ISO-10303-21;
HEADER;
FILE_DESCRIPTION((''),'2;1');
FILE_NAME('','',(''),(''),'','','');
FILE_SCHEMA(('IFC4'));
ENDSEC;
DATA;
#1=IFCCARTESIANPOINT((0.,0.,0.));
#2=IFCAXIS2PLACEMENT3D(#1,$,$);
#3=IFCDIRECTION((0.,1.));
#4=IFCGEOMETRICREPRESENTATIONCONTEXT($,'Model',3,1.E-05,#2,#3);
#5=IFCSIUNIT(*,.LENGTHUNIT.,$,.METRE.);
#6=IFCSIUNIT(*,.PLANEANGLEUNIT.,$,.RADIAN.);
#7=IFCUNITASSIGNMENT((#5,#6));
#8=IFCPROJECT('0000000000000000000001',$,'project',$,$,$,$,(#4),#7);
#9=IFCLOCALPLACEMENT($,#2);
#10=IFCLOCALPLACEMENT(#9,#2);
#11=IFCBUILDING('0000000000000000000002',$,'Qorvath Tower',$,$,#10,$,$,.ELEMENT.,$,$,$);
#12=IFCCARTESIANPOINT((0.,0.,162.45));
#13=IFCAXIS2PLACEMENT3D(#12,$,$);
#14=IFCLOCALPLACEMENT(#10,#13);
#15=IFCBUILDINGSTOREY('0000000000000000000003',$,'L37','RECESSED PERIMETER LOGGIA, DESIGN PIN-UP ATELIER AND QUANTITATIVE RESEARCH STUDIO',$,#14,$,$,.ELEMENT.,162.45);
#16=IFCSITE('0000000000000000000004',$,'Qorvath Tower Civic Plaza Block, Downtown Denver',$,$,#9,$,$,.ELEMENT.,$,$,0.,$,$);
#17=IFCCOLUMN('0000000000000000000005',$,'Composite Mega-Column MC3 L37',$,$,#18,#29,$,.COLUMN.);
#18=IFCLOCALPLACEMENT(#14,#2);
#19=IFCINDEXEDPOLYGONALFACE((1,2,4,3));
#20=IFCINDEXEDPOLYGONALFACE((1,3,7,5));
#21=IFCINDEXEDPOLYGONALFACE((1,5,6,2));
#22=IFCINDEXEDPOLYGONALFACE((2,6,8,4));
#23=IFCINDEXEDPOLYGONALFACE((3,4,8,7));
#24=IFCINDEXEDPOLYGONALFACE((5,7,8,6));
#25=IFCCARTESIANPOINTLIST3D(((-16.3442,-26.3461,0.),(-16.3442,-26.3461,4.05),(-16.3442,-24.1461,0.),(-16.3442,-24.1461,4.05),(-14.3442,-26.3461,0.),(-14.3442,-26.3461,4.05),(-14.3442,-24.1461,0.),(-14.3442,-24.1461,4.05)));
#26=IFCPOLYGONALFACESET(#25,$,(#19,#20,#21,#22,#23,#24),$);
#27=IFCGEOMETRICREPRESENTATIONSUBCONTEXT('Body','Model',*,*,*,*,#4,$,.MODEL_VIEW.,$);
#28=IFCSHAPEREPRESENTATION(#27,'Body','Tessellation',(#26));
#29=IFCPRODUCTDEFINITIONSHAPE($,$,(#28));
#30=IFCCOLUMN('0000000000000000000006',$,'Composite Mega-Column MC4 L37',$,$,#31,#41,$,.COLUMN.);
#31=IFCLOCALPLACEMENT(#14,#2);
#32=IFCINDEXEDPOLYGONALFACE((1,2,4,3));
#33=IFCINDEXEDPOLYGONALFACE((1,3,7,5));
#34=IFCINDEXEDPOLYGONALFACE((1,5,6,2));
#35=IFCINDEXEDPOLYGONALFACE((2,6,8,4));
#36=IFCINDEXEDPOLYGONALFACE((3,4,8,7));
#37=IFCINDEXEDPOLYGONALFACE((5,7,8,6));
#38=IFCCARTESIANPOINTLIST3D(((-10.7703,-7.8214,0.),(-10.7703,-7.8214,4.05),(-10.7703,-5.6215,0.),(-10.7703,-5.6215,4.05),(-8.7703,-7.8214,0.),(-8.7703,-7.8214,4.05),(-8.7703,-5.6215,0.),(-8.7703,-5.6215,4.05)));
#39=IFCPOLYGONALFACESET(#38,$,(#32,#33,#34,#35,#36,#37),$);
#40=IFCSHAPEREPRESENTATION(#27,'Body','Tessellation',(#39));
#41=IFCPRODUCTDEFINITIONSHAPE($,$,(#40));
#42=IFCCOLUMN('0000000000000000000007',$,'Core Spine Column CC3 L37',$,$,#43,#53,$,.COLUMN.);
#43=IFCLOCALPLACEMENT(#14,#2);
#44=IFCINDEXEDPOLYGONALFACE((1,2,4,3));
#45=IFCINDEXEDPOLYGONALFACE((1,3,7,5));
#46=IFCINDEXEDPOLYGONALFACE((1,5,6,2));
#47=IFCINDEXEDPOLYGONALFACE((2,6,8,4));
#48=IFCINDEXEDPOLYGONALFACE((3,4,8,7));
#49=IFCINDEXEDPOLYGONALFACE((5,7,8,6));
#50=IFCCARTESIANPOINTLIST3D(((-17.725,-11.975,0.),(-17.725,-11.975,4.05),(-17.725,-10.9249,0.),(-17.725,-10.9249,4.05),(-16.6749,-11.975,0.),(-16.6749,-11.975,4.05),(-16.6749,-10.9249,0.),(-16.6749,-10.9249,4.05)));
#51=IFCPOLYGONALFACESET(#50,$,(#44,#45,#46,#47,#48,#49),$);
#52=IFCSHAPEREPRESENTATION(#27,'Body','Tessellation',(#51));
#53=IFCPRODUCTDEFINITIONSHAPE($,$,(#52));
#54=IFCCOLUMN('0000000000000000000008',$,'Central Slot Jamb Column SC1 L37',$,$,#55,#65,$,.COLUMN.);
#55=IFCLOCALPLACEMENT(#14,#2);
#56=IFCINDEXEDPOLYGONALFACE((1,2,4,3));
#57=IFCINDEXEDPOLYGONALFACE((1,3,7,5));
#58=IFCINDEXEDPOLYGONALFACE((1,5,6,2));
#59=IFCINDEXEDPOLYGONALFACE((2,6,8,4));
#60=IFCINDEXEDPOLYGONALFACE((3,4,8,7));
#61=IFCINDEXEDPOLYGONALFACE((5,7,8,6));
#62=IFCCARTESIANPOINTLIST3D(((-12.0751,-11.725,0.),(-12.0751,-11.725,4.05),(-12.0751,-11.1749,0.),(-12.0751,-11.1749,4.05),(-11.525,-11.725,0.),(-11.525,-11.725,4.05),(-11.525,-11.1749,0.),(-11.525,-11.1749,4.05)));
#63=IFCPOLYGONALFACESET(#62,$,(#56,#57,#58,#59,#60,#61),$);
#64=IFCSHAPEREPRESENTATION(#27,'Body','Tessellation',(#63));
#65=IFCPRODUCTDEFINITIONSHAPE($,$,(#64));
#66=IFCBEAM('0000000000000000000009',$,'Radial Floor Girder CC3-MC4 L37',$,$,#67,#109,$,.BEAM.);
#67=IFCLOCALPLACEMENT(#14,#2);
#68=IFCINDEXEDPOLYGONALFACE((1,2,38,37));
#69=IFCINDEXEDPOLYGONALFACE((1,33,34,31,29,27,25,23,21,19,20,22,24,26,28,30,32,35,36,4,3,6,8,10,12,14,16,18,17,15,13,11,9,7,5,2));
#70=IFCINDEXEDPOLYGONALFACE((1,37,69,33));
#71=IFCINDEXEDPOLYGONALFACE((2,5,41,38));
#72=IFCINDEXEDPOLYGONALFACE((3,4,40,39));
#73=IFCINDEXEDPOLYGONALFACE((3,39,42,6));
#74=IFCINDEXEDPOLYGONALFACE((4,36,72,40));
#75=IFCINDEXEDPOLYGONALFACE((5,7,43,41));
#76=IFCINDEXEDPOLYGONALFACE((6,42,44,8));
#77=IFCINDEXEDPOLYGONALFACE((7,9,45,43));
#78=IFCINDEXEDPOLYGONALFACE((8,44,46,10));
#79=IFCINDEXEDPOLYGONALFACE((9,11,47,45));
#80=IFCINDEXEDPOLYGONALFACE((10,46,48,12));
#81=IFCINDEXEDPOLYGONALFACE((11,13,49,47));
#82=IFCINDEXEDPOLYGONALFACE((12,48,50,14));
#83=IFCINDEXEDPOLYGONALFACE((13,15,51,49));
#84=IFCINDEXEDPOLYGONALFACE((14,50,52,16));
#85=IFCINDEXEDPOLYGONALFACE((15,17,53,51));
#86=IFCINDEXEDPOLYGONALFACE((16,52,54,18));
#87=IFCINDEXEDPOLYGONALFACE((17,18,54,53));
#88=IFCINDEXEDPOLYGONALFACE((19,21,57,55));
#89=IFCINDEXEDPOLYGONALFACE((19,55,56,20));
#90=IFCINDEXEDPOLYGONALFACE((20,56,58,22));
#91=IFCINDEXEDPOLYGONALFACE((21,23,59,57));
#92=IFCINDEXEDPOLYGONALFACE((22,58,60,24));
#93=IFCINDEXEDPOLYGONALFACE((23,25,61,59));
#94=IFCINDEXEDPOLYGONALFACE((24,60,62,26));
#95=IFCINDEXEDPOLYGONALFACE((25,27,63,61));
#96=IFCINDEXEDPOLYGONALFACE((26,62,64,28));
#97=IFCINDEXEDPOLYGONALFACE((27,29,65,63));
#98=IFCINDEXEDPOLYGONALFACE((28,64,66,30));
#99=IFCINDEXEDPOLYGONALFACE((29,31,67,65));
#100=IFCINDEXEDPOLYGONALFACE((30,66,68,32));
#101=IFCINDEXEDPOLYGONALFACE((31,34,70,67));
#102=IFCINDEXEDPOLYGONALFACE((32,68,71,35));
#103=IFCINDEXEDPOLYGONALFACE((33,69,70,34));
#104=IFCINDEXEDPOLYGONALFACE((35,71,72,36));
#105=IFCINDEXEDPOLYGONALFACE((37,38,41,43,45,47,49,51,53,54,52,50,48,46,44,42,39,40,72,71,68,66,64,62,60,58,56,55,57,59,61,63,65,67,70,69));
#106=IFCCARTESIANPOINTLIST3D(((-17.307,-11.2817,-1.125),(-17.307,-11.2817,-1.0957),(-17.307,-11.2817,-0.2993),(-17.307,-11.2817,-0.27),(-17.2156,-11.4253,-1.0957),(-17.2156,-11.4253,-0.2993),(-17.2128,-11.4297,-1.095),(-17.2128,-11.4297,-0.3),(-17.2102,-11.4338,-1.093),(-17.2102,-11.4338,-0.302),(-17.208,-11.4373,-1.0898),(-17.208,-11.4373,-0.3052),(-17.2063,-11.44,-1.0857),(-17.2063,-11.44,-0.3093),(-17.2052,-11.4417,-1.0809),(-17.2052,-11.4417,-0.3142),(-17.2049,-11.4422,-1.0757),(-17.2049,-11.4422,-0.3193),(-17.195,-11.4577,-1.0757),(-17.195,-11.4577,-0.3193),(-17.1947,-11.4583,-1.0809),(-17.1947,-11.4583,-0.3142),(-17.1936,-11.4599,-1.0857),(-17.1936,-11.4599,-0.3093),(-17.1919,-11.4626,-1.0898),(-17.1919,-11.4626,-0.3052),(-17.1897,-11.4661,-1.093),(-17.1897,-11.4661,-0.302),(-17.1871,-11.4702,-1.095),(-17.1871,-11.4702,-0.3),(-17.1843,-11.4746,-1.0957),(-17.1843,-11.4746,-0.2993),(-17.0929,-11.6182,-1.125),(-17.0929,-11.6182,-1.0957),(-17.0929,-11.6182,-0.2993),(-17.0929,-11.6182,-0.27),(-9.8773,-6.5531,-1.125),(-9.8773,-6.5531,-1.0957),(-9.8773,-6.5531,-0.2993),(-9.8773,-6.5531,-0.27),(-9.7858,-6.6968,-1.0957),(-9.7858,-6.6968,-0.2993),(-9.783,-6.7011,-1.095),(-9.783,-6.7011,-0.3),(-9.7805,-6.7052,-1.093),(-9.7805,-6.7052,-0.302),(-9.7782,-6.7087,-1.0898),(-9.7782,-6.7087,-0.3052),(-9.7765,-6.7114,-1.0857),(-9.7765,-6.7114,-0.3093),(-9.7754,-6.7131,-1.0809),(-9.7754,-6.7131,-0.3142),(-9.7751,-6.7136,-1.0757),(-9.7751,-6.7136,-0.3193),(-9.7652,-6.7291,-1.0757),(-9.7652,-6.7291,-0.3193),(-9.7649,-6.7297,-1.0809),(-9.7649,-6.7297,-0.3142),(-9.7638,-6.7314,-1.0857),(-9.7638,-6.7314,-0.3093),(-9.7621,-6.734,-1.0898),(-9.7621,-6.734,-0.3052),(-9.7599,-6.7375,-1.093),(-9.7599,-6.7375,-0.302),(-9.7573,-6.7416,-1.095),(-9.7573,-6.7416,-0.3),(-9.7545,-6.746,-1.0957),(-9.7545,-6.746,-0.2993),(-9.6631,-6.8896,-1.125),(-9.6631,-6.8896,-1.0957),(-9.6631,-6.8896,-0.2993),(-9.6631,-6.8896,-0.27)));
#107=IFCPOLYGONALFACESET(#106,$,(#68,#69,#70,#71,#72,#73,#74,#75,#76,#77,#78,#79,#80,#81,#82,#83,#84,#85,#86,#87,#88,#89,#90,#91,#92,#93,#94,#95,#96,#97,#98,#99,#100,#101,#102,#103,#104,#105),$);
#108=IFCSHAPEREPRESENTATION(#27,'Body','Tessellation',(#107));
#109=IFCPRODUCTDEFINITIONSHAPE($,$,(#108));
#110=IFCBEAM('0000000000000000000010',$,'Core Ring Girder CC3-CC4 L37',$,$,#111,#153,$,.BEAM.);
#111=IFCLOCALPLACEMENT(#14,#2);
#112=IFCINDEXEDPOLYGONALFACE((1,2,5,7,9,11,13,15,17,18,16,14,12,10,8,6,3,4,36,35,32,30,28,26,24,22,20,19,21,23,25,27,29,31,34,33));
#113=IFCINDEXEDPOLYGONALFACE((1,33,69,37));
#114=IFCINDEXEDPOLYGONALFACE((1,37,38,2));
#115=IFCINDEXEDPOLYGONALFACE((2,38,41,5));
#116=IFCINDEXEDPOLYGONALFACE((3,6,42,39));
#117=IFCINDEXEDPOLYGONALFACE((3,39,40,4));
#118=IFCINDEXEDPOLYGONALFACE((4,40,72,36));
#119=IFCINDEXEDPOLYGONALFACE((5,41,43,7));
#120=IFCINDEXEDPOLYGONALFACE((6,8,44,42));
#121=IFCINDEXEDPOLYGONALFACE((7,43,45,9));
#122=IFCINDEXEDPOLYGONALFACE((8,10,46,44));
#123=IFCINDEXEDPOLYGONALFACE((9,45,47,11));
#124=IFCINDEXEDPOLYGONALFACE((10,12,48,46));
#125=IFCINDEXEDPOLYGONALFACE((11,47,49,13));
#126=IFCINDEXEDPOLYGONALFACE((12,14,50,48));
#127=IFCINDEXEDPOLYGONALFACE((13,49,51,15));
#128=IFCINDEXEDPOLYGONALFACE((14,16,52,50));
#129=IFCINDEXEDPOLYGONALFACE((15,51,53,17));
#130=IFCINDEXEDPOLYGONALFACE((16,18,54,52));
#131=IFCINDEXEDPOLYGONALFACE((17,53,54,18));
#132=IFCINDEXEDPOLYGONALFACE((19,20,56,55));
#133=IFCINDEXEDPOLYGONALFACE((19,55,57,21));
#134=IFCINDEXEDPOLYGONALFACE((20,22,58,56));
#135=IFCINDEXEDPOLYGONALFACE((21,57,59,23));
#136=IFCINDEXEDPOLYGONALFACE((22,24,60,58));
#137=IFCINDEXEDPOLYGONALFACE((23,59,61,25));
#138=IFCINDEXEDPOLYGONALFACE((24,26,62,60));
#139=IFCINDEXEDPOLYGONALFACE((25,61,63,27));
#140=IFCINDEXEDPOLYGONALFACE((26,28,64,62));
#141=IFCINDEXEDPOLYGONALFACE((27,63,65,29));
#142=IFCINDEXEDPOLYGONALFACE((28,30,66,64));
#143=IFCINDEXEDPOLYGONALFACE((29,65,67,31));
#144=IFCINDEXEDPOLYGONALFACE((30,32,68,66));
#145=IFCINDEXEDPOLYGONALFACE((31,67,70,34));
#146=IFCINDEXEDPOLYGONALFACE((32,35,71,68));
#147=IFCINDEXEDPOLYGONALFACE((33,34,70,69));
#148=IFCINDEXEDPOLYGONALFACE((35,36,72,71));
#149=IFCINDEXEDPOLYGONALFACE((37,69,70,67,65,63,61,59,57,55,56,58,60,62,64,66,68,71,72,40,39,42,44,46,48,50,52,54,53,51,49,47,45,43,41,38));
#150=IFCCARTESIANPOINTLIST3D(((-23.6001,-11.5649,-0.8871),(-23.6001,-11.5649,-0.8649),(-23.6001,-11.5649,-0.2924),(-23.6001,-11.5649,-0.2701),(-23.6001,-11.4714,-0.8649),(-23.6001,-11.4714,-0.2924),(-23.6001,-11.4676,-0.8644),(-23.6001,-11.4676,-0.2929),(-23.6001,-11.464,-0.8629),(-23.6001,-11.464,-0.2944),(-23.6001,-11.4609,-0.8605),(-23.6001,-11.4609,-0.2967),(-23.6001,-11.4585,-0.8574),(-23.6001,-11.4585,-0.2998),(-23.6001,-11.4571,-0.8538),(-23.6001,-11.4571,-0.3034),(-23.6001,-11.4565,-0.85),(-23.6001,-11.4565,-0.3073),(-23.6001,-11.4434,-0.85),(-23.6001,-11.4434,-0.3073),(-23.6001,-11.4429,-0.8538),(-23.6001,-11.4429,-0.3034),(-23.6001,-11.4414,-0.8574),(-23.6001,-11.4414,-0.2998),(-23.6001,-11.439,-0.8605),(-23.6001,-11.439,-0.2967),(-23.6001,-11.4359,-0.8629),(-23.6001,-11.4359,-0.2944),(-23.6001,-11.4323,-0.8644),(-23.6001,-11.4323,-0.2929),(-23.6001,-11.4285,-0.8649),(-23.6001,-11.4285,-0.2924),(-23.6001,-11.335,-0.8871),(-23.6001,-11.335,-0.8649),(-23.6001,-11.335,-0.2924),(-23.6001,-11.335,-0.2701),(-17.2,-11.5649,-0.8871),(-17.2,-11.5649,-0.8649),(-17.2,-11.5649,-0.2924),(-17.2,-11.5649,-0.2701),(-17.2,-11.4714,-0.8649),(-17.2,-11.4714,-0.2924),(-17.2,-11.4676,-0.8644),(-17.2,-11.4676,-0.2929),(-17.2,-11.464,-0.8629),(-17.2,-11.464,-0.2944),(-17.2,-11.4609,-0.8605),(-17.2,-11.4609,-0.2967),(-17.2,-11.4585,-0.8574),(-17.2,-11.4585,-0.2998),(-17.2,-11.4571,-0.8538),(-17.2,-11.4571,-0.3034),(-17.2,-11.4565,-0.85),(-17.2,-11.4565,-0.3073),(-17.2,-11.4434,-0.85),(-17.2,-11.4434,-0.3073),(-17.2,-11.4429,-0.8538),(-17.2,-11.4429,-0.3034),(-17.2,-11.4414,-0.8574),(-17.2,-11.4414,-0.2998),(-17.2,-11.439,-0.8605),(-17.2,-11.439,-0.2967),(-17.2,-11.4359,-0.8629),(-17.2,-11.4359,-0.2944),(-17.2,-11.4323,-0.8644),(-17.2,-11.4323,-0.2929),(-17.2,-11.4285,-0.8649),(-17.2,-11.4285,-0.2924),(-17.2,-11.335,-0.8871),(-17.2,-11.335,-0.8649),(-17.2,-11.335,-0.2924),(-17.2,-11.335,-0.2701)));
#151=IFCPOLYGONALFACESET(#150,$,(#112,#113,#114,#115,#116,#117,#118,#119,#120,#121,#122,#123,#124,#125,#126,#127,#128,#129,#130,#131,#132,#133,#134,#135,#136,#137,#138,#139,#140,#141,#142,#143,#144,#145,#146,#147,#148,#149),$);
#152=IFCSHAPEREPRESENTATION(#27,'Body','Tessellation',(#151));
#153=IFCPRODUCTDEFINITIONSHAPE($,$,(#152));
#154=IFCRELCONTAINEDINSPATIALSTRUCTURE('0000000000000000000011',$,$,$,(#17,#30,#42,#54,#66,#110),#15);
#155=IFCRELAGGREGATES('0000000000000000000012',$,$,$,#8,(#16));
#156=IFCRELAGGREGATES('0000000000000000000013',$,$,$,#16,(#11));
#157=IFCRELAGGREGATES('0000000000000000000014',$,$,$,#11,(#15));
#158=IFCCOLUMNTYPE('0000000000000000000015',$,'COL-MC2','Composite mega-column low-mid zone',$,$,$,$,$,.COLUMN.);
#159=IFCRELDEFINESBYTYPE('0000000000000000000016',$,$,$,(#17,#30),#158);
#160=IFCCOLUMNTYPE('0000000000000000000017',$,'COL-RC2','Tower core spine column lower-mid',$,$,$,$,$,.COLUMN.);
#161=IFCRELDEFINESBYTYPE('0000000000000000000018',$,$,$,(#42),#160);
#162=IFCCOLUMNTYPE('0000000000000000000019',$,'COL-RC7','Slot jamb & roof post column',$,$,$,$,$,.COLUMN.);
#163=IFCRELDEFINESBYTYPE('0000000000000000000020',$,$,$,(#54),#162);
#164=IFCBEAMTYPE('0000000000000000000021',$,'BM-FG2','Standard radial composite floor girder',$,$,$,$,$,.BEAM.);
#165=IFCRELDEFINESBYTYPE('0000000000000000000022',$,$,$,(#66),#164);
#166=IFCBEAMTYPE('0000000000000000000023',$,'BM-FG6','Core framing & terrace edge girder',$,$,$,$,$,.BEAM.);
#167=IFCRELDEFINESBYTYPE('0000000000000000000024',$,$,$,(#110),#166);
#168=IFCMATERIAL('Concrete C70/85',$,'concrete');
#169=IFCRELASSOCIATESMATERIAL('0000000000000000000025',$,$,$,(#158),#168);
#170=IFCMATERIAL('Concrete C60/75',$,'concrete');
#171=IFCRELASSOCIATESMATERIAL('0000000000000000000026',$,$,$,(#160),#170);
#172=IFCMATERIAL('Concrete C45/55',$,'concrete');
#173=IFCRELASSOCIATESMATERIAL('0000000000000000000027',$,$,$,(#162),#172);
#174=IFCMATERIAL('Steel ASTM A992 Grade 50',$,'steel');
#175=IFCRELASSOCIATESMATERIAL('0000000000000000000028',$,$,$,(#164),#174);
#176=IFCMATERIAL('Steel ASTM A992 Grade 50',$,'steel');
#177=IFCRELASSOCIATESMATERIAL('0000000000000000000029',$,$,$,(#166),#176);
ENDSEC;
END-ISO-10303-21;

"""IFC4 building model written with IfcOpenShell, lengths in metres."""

from ifc_helpers import new_model, si_unit, direction, frame, origin, origin_2d, place, context, subcontext, project, spatial, rectangle, i_section, extrude, material, material_profile, profile_set, type_object, element, save


model = new_model("IFC4")

# Units and contexts
model_context = context("Model", 3, precision=1e-05, world=origin(), true_north=direction((0.0, 1.0)))
body_context = subcontext(model_context, "Body", "Model", "MODEL_VIEW")
ifc_project = project(units=[si_unit("LENGTHUNIT", "METRE"), si_unit("PLANEANGLEUNIT", "RADIAN")], contexts=[model_context])

# Site, building, storey
site_placement = place(None, origin())
site = spatial("IfcSite", under=ifc_project, at=site_placement, Name="Qorvath Tower Civic Plaza Block, Downtown Denver", CompositionType="ELEMENT", RefElevation=0.0)
building_placement = place(site_placement, origin())
building = spatial("IfcBuilding", under=site, at=building_placement, Name="Qorvath Tower", CompositionType="ELEMENT")
storey_placement = place(building_placement, frame((0.0, 0.0, 162.45)))
storey = spatial("IfcBuildingStorey", under=building, at=storey_placement, Name="L37", Description="RECESSED PERIMETER LOGGIA, DESIGN PIN-UP ATELIER AND QUANTITATIVE RESEARCH STUDIO", CompositionType="ELEMENT", Elevation=162.45)

# Columns
ifc_material_1 = material(Name="Concrete C70/85", Category="concrete")
ifc_material_profile_1 = material_profile(ifc_material_1, rectangle(XDim=2.0, YDim=2.2, at=origin_2d()), Name="MC 2200x2000")
ifc_profile_set_1 = profile_set([ifc_material_profile_1], Name="Concrete C70/85")
column_type_1 = type_object("IfcColumnType", Name="COL-MC2", Description="Composite mega-column low-mid zone", PredefinedType="COLUMN", material=ifc_profile_set_1)
for number, where, z_axis, x_axis, name in (
    (1, (-15.3442, -25.2461, 0.0), (0.0, 0.0, 1.0), (1.0, 0.0, 0.0), "Composite Mega-Column MC3 L37"),
    (2, (-9.7703, -6.7214, 0.0), (0.0, 0.0, 1.0), (1.0, 0.0, 0.0), "Composite Mega-Column MC4 L37"),
):
    element("IfcColumn", number, at=place(storey_placement, frame(where, z_axis=z_axis, x_axis=x_axis)), inside=storey, type_object=column_type_1, Name=name, PredefinedType="COLUMN", context=body_context, shape_type="SweptSolid", body=[
        extrude(rectangle(XDim=2.0, YDim=2.2, at=origin_2d()), origin(), (0.0, 0.0, 1.0), 4.05),
    ])
ifc_material_2 = material(Name="Concrete C60/75", Category="concrete")
ifc_material_profile_2 = material_profile(ifc_material_2, rectangle(XDim=1.05, YDim=1.05, at=origin_2d()), Name="RC 1050x1050")
ifc_profile_set_2 = profile_set([ifc_material_profile_2], Name="Concrete C60/75")
column_type_2 = type_object("IfcColumnType", Name="COL-RC2", Description="Tower core spine column lower-mid", PredefinedType="COLUMN", material=ifc_profile_set_2)
column_1_placement = place(storey_placement, frame((-17.2, -11.45, 0.0), z_axis=(0.0, 0.0, 1.0), x_axis=(1.0, 0.0, 0.0)))
element("IfcColumn", 3, at=column_1_placement, inside=storey, type_object=column_type_2, Name="Core Spine Column CC3 L37", PredefinedType="COLUMN", context=body_context, shape_type="SweptSolid", body=[
    extrude(rectangle(XDim=1.05, YDim=1.05, at=origin_2d()), origin(), (0.0, 0.0, 1.0), 4.05),
])
ifc_material_3 = material(Name="Concrete C45/55", Category="concrete")
ifc_material_profile_3 = material_profile(ifc_material_3, rectangle(XDim=0.55, YDim=0.55, at=origin_2d()), Name="RC 550x550")
ifc_profile_set_3 = profile_set([ifc_material_profile_3], Name="Concrete C45/55")
column_type_3 = type_object("IfcColumnType", Name="COL-RC7", Description="Slot jamb & roof post column", PredefinedType="COLUMN", material=ifc_profile_set_3)
column_2_placement = place(storey_placement, frame((-11.8, -11.45, 0.0), z_axis=(0.0, 0.0, 1.0), x_axis=(1.0, 0.0, 0.0)))
element("IfcColumn", 4, at=column_2_placement, inside=storey, type_object=column_type_3, Name="Central Slot Jamb Column SC1 L37", PredefinedType="COLUMN", context=body_context, shape_type="SweptSolid", body=[
    extrude(rectangle(XDim=0.55, YDim=0.55, at=origin_2d()), origin(), (0.0, 0.0, 1.0), 4.05),
])

# Beams
ifc_material_4 = material(Name="Steel ASTM A992 Grade 50", Category="steel")
ifc_material_profile_4 = material_profile(ifc_material_4, i_section(OverallWidth=0.3989, OverallDepth=0.855, WebThickness=0.0183, FlangeThickness=0.0293, FilletRadius=0.02, at=origin_2d()), Name="W33x201")
ifc_profile_set_4 = profile_set([ifc_material_profile_4], Name="Steel ASTM A992 Grade 50")
beam_type_1 = type_object("IfcBeamType", Name="BM-FG2", Description="Standard radial composite floor girder", PredefinedType="BEAM", material=ifc_profile_set_4)
beam_1_placement = place(storey_placement, frame((-17.2, -11.45, -0.6975), z_axis=(0.843634, 0.536919, 0.0), x_axis=(-0.536919, 0.843634, 0.0)))
element("IfcBeam", 5, at=beam_1_placement, inside=storey, type_object=beam_type_1, Name="Radial Floor Girder CC3-MC4 L37", PredefinedType="BEAM", context=body_context, shape_type="SweptSolid", body=[
    extrude(i_section(OverallWidth=0.3989, OverallDepth=0.855, WebThickness=0.0183, FlangeThickness=0.0293, FilletRadius=0.02, at=origin_2d()), origin(), (0.0, 0.0, 1.0), 8.8069),
])
ifc_material_5 = material(Name="Steel ASTM A992 Grade 50", Category="steel")
ifc_material_profile_5 = material_profile(ifc_material_5, i_section(OverallWidth=0.23, OverallDepth=0.6169, WebThickness=0.0132, FlangeThickness=0.0222, FilletRadius=0.0149, at=origin_2d()), Name="W24x94")
ifc_profile_set_5 = profile_set([ifc_material_profile_5], Name="Steel ASTM A992 Grade 50")
beam_type_2 = type_object("IfcBeamType", Name="BM-FG6", Description="Core framing & terrace edge girder", PredefinedType="BEAM", material=ifc_profile_set_5)
beam_2_placement = place(storey_placement, frame((-17.2, -11.45, -0.5786), z_axis=(-1.0, 0.0, 0.0), x_axis=(0.0, -1.0, 0.0)))
element("IfcBeam", 6, at=beam_2_placement, inside=storey, type_object=beam_type_2, Name="Core Ring Girder CC3-CC4 L37", PredefinedType="BEAM", context=body_context, shape_type="SweptSolid", body=[
    extrude(i_section(OverallWidth=0.23, OverallDepth=0.6169, WebThickness=0.0132, FlangeThickness=0.0222, FilletRadius=0.0149, at=origin_2d()), origin(), (0.0, 0.0, 1.0), 6.4001),
])

save(model, "model.ifc")
